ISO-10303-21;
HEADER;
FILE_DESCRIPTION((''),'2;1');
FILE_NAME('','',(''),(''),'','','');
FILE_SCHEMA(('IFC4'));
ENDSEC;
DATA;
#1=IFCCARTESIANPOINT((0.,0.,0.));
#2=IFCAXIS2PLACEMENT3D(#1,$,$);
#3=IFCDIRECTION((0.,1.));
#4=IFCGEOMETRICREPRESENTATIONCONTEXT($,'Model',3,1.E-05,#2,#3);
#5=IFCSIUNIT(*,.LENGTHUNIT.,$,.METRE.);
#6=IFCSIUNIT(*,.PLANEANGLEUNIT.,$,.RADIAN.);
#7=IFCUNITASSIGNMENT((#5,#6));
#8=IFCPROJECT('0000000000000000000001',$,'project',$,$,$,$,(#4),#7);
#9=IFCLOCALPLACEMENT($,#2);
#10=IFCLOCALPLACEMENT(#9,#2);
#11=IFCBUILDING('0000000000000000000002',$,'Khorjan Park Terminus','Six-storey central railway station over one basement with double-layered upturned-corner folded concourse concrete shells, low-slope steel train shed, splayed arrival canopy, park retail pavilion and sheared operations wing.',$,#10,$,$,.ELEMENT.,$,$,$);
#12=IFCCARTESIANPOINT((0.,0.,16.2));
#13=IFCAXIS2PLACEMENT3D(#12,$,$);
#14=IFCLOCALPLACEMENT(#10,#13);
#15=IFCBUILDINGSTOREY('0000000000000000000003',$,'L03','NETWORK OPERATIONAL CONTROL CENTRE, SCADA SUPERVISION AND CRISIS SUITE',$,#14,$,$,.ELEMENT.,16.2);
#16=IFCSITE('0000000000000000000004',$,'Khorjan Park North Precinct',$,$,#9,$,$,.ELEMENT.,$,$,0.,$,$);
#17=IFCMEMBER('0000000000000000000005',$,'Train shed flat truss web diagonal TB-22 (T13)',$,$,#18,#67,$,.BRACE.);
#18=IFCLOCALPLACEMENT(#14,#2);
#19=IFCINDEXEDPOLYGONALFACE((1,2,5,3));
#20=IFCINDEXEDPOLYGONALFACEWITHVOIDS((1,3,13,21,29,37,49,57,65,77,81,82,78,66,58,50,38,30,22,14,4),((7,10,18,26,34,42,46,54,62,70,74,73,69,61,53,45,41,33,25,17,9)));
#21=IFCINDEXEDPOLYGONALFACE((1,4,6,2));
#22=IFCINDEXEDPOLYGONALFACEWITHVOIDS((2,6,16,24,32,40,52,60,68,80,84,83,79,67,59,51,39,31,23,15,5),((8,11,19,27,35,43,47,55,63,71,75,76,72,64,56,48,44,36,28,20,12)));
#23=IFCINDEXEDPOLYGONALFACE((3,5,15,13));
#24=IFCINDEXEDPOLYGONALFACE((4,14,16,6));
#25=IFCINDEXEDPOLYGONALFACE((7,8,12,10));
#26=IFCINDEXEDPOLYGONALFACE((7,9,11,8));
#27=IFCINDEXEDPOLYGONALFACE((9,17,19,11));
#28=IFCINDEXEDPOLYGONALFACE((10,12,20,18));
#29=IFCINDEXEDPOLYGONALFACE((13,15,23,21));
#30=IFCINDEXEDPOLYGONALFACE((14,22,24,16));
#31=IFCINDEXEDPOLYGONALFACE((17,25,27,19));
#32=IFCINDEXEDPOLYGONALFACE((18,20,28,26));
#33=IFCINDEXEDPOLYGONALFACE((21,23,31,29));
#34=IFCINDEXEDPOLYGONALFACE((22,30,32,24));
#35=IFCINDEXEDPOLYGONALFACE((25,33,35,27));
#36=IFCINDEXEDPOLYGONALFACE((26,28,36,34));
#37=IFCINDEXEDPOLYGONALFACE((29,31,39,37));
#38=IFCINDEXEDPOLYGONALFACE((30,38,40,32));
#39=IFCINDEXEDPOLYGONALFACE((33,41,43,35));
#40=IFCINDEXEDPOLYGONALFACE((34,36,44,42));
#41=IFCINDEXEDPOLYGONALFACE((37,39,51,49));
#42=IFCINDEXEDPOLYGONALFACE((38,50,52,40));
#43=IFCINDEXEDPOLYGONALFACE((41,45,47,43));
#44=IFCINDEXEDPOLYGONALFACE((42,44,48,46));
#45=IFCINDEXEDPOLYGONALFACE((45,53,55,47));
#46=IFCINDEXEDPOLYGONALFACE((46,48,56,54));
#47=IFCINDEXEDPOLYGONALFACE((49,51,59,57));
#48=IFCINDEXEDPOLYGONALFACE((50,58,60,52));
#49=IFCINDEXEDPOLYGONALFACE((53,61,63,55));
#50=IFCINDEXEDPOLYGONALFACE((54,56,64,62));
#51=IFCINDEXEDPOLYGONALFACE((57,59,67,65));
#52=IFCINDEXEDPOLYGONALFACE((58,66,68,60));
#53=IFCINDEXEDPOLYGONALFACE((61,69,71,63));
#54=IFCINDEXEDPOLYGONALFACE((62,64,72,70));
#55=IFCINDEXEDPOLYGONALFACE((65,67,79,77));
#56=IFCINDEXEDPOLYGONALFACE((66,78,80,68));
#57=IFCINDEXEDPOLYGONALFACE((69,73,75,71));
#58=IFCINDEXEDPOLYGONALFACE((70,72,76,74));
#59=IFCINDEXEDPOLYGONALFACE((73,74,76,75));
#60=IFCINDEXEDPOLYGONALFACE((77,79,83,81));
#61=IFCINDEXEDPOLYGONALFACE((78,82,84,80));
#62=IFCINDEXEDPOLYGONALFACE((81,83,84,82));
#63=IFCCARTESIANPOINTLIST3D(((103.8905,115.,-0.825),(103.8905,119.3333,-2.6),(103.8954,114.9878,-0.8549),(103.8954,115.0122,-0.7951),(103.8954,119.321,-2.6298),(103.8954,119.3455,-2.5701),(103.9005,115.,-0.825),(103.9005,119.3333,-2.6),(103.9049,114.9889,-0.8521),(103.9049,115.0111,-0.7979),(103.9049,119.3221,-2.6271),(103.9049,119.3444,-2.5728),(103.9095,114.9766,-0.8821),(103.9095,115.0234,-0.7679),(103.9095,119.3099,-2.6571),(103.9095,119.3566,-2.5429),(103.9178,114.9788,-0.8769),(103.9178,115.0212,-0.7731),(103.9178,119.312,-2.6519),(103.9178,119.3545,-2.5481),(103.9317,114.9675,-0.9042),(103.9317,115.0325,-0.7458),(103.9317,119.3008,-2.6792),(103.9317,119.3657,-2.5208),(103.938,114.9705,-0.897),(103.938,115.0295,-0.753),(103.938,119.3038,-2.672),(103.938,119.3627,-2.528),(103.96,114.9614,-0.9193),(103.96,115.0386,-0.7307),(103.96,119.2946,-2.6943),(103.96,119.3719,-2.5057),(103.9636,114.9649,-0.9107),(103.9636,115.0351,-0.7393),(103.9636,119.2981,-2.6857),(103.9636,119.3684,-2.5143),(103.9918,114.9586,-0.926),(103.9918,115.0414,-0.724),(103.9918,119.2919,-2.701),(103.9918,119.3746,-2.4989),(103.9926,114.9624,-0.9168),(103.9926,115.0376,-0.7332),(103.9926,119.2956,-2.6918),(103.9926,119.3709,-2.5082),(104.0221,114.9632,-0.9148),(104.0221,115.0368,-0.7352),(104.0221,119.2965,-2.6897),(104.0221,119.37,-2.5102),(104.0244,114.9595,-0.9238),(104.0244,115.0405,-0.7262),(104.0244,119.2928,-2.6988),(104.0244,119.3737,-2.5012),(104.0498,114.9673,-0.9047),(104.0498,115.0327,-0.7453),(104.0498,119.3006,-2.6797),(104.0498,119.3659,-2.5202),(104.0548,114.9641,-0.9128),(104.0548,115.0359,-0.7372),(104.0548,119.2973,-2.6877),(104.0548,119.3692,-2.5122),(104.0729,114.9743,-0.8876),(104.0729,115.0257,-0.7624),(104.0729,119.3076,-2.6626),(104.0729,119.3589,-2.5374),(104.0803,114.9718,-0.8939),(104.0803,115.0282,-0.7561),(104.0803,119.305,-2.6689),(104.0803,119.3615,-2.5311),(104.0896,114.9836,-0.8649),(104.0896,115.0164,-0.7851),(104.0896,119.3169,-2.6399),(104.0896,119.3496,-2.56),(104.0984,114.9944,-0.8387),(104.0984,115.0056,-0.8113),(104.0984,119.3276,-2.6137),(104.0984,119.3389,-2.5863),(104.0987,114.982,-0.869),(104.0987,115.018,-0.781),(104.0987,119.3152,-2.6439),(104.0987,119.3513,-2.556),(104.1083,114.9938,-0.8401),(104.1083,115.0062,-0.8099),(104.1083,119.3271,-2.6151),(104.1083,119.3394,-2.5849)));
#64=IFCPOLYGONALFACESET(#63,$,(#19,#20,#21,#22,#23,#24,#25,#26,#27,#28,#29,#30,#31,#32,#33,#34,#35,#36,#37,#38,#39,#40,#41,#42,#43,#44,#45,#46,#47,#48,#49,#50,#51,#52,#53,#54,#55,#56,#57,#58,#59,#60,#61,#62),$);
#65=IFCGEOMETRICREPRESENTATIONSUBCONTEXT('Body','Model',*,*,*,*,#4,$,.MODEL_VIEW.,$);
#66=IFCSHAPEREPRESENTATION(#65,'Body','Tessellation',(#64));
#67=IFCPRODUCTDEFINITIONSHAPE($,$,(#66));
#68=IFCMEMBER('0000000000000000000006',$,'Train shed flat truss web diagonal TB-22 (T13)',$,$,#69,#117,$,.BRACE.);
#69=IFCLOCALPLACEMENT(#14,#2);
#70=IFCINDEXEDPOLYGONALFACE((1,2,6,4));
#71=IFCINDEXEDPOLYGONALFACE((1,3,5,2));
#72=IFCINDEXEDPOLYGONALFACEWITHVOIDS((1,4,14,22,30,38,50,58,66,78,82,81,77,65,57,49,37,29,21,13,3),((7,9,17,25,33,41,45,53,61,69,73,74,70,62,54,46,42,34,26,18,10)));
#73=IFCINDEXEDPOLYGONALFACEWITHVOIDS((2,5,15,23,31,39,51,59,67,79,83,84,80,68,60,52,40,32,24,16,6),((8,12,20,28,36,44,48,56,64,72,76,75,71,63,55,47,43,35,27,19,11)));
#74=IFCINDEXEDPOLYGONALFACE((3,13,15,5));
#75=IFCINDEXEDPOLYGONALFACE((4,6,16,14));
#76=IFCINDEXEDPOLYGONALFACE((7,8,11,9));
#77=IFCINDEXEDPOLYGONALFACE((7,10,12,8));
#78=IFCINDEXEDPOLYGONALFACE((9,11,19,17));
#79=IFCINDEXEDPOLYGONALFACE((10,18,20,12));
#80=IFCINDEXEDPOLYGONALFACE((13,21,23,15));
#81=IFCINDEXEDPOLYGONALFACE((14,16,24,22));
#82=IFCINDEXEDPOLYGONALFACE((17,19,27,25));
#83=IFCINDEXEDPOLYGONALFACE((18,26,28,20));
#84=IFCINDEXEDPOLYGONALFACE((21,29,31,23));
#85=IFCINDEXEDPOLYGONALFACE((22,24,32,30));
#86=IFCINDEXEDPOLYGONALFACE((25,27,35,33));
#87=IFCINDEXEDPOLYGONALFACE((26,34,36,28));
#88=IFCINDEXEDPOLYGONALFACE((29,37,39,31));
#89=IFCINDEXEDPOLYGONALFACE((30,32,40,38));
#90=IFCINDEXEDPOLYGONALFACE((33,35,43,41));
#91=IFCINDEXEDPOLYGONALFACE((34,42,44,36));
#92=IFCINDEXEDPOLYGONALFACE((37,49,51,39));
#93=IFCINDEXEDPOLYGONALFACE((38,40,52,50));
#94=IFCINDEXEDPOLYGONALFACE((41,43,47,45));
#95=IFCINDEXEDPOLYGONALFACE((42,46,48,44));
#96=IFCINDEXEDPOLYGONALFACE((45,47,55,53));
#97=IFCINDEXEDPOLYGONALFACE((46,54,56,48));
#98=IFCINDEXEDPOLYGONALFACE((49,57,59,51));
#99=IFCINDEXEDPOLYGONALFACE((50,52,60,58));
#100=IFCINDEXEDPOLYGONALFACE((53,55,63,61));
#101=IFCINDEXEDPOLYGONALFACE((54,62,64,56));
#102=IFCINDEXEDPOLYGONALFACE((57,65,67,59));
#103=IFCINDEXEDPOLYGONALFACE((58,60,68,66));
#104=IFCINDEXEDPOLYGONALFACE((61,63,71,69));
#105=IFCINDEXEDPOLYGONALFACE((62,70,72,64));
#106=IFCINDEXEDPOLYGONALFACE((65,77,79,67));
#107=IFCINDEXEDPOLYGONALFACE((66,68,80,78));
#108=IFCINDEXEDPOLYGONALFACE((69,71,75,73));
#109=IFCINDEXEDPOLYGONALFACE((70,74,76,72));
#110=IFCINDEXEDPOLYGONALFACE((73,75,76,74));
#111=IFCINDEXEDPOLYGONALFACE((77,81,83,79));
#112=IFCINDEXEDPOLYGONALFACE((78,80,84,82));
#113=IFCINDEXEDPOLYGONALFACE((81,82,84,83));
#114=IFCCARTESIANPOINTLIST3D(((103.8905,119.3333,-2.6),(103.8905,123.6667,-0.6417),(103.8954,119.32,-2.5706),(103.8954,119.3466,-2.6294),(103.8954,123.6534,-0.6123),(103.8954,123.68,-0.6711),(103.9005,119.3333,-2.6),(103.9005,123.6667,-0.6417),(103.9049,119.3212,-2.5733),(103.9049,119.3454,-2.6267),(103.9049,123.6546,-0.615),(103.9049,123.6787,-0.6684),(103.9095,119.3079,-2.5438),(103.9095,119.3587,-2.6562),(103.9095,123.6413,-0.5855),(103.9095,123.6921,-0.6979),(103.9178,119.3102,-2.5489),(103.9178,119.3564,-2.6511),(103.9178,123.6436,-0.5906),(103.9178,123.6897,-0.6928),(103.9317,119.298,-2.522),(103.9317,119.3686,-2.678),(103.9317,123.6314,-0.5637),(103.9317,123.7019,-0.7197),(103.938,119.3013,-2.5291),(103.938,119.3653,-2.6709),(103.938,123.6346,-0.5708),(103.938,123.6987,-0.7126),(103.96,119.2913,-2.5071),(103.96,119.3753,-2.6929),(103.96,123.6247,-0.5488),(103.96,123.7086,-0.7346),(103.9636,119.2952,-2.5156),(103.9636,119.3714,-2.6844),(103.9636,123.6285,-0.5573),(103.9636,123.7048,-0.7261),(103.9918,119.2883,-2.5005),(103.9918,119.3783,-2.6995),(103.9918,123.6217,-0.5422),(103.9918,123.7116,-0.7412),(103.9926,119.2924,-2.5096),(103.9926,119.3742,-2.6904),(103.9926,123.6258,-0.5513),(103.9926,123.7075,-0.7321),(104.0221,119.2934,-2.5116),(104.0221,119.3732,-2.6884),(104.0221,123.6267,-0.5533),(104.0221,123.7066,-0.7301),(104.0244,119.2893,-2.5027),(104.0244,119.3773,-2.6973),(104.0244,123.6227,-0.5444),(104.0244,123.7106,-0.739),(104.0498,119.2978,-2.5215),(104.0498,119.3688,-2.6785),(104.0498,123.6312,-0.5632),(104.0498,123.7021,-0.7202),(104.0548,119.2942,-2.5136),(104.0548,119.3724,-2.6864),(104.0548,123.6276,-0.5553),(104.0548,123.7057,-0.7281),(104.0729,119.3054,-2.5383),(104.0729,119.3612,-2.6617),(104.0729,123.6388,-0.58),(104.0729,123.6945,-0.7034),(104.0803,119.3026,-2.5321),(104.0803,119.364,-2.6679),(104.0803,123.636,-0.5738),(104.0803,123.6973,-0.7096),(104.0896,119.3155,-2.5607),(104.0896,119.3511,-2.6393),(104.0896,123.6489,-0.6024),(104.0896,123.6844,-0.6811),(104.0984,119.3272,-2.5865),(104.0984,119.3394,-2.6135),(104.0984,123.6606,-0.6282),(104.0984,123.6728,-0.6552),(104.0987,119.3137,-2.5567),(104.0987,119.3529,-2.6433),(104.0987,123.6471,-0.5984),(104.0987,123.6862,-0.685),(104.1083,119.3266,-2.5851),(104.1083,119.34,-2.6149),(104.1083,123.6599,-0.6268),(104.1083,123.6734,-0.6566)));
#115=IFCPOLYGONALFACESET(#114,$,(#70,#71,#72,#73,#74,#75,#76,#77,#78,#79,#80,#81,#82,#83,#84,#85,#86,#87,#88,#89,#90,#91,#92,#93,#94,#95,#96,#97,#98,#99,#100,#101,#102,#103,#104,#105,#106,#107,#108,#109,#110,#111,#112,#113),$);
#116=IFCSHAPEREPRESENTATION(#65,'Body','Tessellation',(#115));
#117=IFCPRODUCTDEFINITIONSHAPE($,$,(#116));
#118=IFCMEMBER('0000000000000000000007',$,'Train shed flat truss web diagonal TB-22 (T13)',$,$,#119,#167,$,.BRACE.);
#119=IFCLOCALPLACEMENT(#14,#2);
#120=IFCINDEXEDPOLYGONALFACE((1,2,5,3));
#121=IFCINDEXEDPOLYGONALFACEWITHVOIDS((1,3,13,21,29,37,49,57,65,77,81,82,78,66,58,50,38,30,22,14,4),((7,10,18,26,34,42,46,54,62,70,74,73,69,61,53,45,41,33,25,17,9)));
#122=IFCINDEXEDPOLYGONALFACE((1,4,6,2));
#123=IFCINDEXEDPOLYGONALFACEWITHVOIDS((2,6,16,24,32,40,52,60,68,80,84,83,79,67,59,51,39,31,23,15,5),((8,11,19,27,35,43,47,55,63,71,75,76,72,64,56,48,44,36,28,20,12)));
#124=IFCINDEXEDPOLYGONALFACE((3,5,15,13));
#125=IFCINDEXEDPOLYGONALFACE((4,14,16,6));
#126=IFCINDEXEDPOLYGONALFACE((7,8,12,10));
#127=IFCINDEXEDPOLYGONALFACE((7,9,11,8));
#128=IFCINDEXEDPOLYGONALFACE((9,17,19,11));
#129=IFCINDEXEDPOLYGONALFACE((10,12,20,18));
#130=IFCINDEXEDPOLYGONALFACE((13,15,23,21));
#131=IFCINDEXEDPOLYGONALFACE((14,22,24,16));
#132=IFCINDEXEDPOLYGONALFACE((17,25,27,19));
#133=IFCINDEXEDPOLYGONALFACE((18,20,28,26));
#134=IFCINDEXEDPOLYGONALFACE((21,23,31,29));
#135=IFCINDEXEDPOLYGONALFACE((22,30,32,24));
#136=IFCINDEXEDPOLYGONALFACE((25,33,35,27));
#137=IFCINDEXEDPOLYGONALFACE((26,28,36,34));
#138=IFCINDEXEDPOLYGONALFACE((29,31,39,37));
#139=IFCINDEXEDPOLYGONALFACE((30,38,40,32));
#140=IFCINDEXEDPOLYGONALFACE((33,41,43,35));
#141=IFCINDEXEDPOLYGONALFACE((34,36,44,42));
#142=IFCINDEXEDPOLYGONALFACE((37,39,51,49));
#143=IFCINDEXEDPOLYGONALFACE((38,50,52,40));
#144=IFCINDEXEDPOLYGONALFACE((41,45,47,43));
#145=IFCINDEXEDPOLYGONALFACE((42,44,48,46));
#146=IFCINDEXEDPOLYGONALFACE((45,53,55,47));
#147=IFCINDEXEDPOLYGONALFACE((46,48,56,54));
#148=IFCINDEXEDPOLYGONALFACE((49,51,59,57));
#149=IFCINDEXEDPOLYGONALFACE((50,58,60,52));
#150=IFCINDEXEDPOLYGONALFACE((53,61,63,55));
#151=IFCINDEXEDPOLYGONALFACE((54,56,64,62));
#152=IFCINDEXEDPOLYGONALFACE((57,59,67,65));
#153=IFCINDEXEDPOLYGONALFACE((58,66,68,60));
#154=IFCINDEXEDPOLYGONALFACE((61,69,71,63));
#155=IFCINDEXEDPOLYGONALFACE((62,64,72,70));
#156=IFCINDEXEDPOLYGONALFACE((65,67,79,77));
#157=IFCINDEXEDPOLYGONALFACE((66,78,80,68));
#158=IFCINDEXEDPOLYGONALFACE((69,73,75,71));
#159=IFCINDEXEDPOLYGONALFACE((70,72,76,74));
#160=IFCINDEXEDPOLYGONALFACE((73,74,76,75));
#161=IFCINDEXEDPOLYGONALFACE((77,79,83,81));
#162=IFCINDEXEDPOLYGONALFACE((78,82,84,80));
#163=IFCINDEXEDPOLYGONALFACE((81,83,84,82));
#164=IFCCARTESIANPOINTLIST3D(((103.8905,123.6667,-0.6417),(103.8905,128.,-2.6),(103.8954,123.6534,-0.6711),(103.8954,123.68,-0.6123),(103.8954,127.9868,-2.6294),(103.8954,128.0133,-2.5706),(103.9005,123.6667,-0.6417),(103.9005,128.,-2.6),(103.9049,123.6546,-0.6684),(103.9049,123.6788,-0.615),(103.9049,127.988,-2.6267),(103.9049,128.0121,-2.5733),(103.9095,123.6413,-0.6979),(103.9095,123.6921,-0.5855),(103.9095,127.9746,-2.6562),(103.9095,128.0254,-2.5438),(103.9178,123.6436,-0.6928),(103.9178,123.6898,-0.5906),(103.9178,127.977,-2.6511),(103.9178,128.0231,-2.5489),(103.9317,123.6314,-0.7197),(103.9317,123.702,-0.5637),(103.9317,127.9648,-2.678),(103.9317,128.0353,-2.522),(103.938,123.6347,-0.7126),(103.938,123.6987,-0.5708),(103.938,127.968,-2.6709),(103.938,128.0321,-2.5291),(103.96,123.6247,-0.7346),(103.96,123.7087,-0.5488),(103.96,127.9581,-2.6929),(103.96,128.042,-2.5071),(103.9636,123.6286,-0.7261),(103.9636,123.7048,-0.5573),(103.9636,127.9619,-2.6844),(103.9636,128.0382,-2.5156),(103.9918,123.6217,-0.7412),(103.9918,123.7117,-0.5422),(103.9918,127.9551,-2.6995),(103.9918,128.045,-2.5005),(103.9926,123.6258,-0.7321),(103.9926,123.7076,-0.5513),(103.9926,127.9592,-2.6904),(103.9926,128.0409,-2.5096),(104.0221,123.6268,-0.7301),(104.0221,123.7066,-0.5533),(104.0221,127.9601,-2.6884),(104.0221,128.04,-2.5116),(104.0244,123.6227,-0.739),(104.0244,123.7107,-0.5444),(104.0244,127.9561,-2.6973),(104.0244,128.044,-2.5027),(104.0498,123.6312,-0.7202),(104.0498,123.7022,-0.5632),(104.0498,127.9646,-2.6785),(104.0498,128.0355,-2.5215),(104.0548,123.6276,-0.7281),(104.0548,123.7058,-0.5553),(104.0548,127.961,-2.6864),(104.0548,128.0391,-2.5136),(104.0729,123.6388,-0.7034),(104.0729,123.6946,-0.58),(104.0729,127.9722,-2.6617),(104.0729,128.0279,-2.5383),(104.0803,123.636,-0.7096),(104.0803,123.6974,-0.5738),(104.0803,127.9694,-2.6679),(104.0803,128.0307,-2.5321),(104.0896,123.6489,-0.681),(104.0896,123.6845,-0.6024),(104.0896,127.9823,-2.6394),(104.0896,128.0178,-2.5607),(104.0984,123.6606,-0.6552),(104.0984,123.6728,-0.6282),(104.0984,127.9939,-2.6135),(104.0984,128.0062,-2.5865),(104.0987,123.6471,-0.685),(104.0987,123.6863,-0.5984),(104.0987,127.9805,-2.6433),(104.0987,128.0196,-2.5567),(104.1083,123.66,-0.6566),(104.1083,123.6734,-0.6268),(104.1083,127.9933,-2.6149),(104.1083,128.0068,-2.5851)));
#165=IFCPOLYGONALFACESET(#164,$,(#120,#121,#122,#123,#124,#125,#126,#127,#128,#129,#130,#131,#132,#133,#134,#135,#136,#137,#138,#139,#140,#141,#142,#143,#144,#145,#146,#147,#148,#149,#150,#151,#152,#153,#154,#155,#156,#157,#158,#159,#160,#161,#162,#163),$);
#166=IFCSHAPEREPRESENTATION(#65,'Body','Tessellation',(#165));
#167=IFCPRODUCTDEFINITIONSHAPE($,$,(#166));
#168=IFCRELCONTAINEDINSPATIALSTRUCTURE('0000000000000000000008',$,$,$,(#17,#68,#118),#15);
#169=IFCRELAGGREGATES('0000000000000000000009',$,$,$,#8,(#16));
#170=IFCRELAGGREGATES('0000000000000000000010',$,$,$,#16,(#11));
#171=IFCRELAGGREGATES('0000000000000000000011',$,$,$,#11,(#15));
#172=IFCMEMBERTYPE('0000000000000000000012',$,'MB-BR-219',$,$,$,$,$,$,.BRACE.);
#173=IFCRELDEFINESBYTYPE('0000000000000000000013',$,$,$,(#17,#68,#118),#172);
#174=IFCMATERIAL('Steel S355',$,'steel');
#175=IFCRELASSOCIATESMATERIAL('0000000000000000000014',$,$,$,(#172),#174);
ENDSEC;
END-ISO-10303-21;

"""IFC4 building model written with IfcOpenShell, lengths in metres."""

from ifc_helpers import new_model, si_unit, direction, frame, origin, origin_2d, place, context, subcontext, project, spatial, hollow_circle, extrude, material, material_profile, profile_set, type_object, element, save


model = new_model("IFC4")

# Units and contexts
model_context = context("Model", 3, precision=1e-05, world=origin(), true_north=direction((0.0, 1.0)))
body_context = subcontext(model_context, "Body", "Model", "MODEL_VIEW")
ifc_project = project(units=[si_unit("LENGTHUNIT", "METRE"), si_unit("PLANEANGLEUNIT", "RADIAN")], contexts=[model_context])

# Site, building, storey
site_placement = place(None, origin())
site = spatial("IfcSite", under=ifc_project, at=site_placement, Name="Khorjan Park North Precinct", CompositionType="ELEMENT", RefElevation=0.0)
building_placement = place(site_placement, origin())
building = spatial("IfcBuilding", under=site, at=building_placement, Name="Khorjan Park Terminus", Description="Six-storey central railway station over one basement with double-layered upturned-corner folded concourse concrete shells, low-slope steel train shed, splayed arrival canopy, park retail pavilion and sheared operations wing.", CompositionType="ELEMENT")
storey_placement = place(building_placement, frame((0.0, 0.0, 16.2)))
storey = spatial("IfcBuildingStorey", under=building, at=storey_placement, Name="L03", Description="NETWORK OPERATIONAL CONTROL CENTRE, SCADA SUPERVISION AND CRISIS SUITE", CompositionType="ELEMENT", Elevation=16.2)

# Members
ifc_material = material(Name="Steel S355", Category="steel")
ifc_material_profile_1 = material_profile(ifc_material, hollow_circle(Radius=0.1095, WallThickness=0.01, at=origin_2d()), Name="CHS 219.1x10")
ifc_profile_set_1 = profile_set([ifc_material_profile_1], Name="Steel S355")
member_type_1 = type_object("IfcMemberType", Name="MB-BR-219", PredefinedType="BRACE", material=ifc_profile_set_1)
member_1_placement = place(storey_placement, frame((104.0, 115.0, -0.825), z_axis=(0.0, 0.925376, -0.379051), x_axis=(-1.0, 0.0, 0.0)))
element("IfcMember", 1, at=member_1_placement, inside=storey, type_object=member_type_1, Name="Train shed flat truss web diagonal TB-22 (T13)", PredefinedType="BRACE", context=body_context, shape_type="SweptSolid", body=[
    extrude(hollow_circle(Radius=0.1095, WallThickness=0.01, at=origin_2d()), origin(), (0.0, 0.0, 1.0), 4.6827),
])
for number, where, z_axis, x_axis, name in (
    (2, (104.0, 119.3333, -2.6), (0.0, 0.91127, 0.41181), (-1.0, 0.0, 0.0), "Train shed flat truss web diagonal TB-22 (T13)"),
    (3, (104.0, 123.6667, -0.6417), (0.0, 0.911266, -0.411818), (-1.0, 0.0, 0.0), "Train shed flat truss web diagonal TB-22 (T13)"),
):
    element("IfcMember", number, at=place(storey_placement, frame(where, z_axis=z_axis, x_axis=x_axis)), inside=storey, type_object=member_type_1, Name=name, PredefinedType="BRACE", context=body_context, shape_type="SweptSolid", body=[
        extrude(hollow_circle(Radius=0.1095, WallThickness=0.01, at=origin_2d()), origin(), (0.0, 0.0, 1.0), 4.7553),
    ])

save(model, "model.ifc")
